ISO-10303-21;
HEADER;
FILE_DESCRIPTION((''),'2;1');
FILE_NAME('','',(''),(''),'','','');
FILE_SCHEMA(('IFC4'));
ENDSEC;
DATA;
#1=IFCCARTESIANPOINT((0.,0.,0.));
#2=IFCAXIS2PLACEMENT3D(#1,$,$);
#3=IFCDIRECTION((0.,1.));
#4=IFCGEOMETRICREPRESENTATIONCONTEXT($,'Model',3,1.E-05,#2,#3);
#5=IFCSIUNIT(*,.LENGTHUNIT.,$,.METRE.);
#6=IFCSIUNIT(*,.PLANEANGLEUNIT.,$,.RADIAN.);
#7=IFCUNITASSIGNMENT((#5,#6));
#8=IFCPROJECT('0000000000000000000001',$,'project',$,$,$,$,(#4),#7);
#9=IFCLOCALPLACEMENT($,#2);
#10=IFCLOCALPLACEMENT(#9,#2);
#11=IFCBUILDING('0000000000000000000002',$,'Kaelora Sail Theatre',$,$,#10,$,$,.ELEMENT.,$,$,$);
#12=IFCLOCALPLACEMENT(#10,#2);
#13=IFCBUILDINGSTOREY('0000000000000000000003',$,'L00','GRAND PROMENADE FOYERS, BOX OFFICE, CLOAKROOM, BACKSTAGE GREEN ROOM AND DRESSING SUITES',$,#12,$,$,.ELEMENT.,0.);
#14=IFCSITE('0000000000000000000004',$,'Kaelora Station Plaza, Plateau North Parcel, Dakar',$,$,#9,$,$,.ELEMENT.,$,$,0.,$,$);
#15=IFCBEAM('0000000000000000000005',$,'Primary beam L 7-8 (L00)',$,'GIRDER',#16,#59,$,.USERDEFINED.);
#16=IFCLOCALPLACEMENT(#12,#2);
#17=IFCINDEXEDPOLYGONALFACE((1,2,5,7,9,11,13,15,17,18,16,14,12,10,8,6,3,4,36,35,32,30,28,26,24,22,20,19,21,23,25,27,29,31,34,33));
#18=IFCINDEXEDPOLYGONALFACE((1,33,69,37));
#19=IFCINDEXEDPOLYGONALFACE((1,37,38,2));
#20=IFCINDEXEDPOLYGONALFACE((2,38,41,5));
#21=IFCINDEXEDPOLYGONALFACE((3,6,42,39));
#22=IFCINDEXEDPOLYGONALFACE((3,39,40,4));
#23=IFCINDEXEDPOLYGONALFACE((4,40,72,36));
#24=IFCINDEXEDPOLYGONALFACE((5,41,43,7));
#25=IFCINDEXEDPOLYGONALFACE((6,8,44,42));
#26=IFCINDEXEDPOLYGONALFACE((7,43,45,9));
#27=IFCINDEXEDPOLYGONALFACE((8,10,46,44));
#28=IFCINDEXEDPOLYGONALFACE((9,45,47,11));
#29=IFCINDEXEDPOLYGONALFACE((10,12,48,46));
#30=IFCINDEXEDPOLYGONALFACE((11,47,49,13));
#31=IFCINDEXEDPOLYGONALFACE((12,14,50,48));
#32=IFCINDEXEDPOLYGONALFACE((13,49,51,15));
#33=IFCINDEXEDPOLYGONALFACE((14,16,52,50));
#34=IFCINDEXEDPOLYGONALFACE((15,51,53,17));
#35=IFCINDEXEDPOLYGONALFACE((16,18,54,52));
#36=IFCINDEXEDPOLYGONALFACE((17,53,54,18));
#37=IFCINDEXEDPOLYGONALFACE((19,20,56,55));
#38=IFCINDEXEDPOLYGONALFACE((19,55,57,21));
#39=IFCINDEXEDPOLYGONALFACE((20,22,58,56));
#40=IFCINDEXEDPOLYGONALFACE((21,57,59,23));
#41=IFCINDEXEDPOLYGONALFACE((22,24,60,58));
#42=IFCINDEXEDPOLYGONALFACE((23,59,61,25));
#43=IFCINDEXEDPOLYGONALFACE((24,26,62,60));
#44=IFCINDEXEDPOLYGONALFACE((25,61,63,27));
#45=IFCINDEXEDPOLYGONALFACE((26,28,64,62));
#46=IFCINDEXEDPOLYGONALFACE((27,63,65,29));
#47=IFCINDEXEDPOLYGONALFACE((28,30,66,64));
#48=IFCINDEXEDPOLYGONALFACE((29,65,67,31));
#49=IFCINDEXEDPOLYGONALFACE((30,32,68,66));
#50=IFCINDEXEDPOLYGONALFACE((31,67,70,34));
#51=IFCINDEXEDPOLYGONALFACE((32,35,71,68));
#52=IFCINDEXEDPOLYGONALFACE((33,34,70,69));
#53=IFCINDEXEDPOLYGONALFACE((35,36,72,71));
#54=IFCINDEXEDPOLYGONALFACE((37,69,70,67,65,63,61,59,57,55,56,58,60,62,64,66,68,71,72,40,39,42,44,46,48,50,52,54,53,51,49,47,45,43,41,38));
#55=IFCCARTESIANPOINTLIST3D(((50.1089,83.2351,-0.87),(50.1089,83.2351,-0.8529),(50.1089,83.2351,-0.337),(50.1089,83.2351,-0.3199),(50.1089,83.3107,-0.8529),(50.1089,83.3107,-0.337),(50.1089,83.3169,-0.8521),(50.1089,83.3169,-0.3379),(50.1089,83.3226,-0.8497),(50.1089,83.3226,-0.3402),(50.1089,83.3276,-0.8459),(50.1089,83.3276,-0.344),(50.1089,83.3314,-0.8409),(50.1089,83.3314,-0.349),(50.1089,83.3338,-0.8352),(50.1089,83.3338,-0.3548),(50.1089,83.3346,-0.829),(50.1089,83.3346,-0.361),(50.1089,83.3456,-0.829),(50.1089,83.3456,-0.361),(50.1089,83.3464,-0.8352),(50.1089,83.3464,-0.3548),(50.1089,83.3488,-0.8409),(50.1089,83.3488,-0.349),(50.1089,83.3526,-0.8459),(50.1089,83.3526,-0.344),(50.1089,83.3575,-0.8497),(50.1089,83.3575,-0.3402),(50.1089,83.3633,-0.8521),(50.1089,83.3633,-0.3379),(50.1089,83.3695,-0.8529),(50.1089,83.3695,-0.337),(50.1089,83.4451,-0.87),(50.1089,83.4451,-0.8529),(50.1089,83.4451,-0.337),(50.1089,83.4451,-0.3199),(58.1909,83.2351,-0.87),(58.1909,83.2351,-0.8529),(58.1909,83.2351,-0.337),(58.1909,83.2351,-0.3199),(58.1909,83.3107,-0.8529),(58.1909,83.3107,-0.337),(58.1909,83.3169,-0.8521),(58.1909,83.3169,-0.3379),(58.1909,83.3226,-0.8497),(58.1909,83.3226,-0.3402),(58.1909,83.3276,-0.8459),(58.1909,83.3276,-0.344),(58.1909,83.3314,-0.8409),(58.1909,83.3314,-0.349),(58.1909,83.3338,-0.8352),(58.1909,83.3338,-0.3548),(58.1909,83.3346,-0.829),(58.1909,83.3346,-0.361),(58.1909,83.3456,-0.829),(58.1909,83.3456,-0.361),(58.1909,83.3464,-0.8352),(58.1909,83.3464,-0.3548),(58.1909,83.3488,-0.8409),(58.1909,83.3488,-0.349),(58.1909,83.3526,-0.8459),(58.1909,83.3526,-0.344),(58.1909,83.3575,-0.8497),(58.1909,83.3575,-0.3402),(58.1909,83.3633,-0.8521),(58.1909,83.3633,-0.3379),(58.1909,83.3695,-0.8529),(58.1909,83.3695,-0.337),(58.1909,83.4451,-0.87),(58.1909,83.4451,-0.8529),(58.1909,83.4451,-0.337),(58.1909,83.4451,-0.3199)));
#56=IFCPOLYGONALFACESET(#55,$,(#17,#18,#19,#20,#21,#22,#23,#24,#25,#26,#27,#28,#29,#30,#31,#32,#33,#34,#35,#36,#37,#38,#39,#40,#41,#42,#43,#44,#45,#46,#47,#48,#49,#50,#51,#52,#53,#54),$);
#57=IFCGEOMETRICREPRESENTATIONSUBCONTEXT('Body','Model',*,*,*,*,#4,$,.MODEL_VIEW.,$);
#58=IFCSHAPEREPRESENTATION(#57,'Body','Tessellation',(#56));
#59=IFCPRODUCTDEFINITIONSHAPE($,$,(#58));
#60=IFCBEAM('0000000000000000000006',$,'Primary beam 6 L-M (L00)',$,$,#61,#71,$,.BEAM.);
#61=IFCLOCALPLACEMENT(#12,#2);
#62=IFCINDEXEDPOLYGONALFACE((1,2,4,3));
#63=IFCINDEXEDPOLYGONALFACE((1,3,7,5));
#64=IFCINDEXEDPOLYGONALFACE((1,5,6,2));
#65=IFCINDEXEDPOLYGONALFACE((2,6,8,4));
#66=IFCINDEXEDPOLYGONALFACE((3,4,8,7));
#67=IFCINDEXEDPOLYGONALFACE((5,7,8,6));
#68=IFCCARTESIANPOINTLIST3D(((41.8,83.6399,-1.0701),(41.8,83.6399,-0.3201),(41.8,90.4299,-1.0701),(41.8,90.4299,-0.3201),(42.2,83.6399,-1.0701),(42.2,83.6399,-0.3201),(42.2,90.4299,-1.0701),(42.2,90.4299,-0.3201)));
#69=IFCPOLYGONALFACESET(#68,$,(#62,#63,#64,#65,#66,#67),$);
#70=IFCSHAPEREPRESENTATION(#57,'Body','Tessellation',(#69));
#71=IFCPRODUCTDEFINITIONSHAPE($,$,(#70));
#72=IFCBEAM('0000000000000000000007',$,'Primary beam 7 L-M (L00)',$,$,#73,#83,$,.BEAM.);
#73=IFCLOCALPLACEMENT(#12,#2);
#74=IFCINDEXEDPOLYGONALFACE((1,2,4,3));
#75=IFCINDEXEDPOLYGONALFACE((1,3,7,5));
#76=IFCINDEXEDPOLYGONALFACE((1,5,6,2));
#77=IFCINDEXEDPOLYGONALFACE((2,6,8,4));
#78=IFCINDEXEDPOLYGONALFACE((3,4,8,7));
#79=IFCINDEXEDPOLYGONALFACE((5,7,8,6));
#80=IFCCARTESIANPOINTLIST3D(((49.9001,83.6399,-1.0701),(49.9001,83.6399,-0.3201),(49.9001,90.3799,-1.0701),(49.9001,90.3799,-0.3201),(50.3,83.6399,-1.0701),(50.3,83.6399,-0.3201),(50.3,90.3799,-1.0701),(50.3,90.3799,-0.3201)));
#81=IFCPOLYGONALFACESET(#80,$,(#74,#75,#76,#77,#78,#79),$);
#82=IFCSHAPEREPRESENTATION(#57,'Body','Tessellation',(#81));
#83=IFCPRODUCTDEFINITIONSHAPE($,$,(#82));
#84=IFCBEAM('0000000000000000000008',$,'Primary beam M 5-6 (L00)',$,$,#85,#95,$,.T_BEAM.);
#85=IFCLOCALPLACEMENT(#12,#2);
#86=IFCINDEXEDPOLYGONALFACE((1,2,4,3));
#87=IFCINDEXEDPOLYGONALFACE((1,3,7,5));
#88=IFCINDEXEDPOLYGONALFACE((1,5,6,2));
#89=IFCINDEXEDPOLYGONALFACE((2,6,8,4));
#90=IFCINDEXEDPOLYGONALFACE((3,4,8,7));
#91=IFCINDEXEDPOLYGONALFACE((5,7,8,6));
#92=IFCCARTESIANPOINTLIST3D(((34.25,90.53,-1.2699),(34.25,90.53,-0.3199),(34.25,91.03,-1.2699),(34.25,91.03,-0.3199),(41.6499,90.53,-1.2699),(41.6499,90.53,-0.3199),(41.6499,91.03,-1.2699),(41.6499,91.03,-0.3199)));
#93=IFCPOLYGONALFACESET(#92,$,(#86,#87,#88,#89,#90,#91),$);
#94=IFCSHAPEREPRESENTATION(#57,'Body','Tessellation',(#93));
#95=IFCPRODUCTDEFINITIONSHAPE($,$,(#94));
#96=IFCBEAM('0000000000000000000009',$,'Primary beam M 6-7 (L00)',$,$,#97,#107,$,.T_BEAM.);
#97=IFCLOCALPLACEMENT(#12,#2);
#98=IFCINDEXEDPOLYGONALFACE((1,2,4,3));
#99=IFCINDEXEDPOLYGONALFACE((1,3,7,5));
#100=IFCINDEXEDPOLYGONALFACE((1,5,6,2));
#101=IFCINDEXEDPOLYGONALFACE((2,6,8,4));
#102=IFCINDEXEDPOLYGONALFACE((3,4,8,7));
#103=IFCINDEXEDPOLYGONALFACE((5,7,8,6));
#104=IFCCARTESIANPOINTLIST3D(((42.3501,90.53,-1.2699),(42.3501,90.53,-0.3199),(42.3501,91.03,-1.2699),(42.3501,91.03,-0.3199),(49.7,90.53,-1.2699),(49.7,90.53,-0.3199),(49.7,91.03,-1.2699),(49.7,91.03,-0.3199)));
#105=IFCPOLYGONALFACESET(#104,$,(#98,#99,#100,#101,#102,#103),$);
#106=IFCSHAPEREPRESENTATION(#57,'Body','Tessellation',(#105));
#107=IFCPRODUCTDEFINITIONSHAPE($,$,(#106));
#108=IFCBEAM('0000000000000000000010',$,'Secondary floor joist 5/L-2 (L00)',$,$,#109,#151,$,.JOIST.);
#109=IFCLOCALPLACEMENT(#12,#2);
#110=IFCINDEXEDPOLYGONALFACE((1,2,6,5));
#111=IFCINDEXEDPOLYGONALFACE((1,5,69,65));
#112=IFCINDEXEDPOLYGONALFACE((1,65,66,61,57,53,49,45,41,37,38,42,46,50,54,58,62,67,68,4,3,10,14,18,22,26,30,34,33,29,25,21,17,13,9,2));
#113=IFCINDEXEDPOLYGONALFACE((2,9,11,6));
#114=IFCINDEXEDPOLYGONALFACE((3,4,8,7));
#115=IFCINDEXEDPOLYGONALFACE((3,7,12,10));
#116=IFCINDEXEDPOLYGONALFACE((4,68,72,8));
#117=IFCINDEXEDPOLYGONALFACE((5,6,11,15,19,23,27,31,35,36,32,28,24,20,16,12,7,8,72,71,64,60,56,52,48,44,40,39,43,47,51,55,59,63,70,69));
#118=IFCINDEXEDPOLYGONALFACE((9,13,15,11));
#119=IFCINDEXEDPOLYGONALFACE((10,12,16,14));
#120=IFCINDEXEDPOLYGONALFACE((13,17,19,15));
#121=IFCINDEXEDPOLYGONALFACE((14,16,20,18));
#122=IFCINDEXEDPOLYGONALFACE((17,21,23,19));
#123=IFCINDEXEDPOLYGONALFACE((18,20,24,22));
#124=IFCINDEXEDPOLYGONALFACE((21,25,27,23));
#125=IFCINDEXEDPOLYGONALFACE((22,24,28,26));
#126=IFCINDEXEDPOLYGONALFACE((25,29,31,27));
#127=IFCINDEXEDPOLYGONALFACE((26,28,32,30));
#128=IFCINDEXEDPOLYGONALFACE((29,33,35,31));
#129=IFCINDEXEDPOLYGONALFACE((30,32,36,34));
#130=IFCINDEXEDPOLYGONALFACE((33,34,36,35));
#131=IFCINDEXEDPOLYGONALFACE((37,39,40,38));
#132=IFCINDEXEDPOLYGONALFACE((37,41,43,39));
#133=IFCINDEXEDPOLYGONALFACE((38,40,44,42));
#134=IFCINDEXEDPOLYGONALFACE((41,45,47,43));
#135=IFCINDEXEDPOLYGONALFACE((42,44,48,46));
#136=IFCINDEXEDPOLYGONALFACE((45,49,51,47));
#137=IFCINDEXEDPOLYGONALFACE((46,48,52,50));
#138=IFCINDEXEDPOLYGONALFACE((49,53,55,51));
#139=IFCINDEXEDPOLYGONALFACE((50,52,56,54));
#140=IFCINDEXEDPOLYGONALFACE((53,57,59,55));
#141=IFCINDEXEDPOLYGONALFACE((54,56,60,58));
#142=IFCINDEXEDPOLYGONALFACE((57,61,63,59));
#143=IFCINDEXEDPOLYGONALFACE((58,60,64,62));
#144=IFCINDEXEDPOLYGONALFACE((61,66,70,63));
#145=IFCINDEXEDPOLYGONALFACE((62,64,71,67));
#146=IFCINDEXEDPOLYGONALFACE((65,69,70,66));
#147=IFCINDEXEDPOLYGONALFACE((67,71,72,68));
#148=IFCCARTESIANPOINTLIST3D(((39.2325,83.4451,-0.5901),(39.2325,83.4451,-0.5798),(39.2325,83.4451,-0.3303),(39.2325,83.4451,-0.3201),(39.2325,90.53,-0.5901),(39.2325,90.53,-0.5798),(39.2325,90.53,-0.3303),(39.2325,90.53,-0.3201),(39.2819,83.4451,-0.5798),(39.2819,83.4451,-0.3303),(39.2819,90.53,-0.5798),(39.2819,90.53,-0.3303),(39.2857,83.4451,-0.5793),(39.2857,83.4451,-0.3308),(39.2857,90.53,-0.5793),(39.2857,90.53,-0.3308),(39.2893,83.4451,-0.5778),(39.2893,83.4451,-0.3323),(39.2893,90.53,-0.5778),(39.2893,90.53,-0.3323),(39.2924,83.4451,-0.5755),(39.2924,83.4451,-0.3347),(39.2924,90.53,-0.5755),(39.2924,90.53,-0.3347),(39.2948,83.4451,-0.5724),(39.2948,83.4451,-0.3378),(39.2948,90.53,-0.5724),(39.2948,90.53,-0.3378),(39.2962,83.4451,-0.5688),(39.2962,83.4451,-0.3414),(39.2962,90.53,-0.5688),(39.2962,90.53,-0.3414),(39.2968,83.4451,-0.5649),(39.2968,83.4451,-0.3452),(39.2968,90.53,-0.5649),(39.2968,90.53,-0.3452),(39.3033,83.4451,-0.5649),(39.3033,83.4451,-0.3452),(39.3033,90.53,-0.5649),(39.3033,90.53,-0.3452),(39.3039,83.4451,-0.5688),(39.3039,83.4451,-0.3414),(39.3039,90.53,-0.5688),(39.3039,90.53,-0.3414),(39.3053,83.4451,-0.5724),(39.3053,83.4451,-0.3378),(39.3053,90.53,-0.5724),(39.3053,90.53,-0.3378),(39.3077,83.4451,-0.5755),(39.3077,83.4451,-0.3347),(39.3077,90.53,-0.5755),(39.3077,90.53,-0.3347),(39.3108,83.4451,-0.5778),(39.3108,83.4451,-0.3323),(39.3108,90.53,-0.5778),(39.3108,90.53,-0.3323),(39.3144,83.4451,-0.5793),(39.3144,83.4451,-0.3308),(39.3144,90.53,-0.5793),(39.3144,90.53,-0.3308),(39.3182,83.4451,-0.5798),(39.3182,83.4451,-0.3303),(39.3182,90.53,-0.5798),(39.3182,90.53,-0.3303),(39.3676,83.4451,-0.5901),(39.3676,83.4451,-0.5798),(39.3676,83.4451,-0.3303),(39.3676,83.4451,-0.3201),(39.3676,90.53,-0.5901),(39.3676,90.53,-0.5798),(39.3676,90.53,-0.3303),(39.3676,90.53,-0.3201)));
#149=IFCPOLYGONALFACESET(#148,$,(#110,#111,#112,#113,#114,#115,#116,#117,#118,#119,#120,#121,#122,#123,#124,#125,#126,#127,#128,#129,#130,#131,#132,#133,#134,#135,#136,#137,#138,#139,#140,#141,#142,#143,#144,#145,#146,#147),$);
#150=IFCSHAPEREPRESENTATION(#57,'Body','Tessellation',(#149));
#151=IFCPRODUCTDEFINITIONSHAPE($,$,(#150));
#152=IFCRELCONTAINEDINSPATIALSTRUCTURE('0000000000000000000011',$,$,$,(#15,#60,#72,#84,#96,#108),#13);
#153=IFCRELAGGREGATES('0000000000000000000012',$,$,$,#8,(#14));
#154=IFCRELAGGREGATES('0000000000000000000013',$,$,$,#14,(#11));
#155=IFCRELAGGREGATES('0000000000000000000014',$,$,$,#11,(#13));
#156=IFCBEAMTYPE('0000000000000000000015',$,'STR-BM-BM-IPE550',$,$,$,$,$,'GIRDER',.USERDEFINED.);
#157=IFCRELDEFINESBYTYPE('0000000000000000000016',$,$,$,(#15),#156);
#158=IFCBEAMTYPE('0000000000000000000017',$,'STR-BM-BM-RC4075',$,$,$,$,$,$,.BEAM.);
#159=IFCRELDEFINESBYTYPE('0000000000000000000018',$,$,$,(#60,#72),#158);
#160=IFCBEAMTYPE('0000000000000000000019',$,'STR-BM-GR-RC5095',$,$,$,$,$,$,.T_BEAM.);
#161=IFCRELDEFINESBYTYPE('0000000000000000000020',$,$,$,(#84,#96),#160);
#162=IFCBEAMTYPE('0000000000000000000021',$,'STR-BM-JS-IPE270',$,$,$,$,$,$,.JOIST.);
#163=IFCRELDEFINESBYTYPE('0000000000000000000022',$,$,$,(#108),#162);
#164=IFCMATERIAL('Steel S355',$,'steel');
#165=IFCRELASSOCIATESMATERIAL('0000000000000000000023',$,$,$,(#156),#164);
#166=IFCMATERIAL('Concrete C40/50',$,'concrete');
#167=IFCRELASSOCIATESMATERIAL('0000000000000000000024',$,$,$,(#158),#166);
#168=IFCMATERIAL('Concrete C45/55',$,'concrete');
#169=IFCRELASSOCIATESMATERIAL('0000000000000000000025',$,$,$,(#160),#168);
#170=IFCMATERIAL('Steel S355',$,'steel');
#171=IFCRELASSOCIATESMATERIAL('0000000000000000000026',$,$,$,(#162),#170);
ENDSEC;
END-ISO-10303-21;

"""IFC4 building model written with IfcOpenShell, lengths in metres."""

from ifc_helpers import new_model, si_unit, direction, frame, origin, origin_2d, place, context, subcontext, project, spatial, rectangle, i_section, extrude, material, material_profile, profile_set, type_object, element, save


model = new_model("IFC4")

# Units and contexts
model_context = context("Model", 3, precision=1e-05, world=origin(), true_north=direction((0.0, 1.0)))
body_context = subcontext(model_context, "Body", "Model", "MODEL_VIEW")
ifc_project = project(units=[si_unit("LENGTHUNIT", "METRE"), si_unit("PLANEANGLEUNIT", "RADIAN")], contexts=[model_context])

# Site, building, storey
site_placement = place(None, origin())
site = spatial("IfcSite", under=ifc_project, at=site_placement, Name="Kaelora Station Plaza, Plateau North Parcel, Dakar", CompositionType="ELEMENT", RefElevation=0.0)
building_placement = place(site_placement, origin())
building = spatial("IfcBuilding", under=site, at=building_placement, Name="Kaelora Sail Theatre", CompositionType="ELEMENT")
storey_placement = place(building_placement, origin())
storey = spatial("IfcBuildingStorey", under=building, at=storey_placement, Name="L00", Description="GRAND PROMENADE FOYERS, BOX OFFICE, CLOAKROOM, BACKSTAGE GREEN ROOM AND DRESSING SUITES", CompositionType="ELEMENT", Elevation=0.0)

# Beams
ifc_material_1 = material(Name="Steel S355", Category="steel")
ifc_material_profile_1 = material_profile(ifc_material_1, i_section(OverallWidth=0.21, OverallDepth=0.55, WebThickness=0.011, FlangeThickness=0.0171, FilletRadius=0.0239, at=origin_2d()), Name="IPE 550")
ifc_profile_set_1 = profile_set([ifc_material_profile_1], Name="Steel S355")
beam_type_1 = type_object("IfcBeamType", Name="STR-BM-BM-IPE550", ElementType="GIRDER", PredefinedType="USERDEFINED", material=ifc_profile_set_1)
for number, where, z_axis, x_axis, name in (
    (1, (50.1089, 83.3401, -0.595), (1.0, 0.0, 0.0), (0.0, 1.0, 0.0), "Primary beam L 7-8 (L00)"),
):
    element("IfcBeam", number, at=place(storey_placement, frame(where, z_axis=z_axis, x_axis=x_axis)), inside=storey, type_object=beam_type_1, Name=name, ObjectType="GIRDER", PredefinedType="USERDEFINED", context=body_context, shape_type="SweptSolid", body=[
        extrude(i_section(OverallWidth=0.21, OverallDepth=0.55, WebThickness=0.011, FlangeThickness=0.0171, FilletRadius=0.0239, at=origin_2d()), origin(), (0.0, 0.0, 1.0), 8.082),
    ])
ifc_material_2 = material(Name="Concrete C40/50", Category="concrete")
ifc_material_profile_2 = material_profile(ifc_material_2, rectangle(XDim=0.3999, YDim=0.75, at=origin_2d()), Name="RC-BM 400x750")
ifc_profile_set_2 = profile_set([ifc_material_profile_2], Name="Concrete C40/50")
beam_type_2 = type_object("IfcBeamType", Name="STR-BM-BM-RC4075", PredefinedType="BEAM", material=ifc_profile_set_2)
beam_1_placement = place(storey_placement, frame((42.0, 83.6399, -0.6951), z_axis=(0.0, 1.0, 0.0), x_axis=(-1.0, 0.0, 0.0)))
element("IfcBeam", 2, at=beam_1_placement, inside=storey, type_object=beam_type_2, Name="Primary beam 6 L-M (L00)", PredefinedType="BEAM", context=body_context, shape_type="SweptSolid", body=[
    extrude(rectangle(XDim=0.3999, YDim=0.75, at=origin_2d()), origin(), (0.0, 0.0, 1.0), 6.79),
])
beam_2_placement = place(storey_placement, frame((50.1001, 83.6399, -0.6951), z_axis=(0.0, 1.0, 0.0), x_axis=(-1.0, 0.0, 0.0)))
element("IfcBeam", 3, at=beam_2_placement, inside=storey, type_object=beam_type_2, Name="Primary beam 7 L-M (L00)", PredefinedType="BEAM", context=body_context, shape_type="SweptSolid", body=[
    extrude(rectangle(XDim=0.3999, YDim=0.75, at=origin_2d()), origin(), (0.0, 0.0, 1.0), 6.74),
])
ifc_material_3 = material(Name="Concrete C45/55", Category="concrete")
ifc_material_profile_3 = material_profile(ifc_material_3, rectangle(XDim=0.5, YDim=0.95, at=origin_2d()), Name="RC-GRD 500x950")
ifc_profile_set_3 = profile_set([ifc_material_profile_3], Name="Concrete C45/55")
beam_type_3 = type_object("IfcBeamType", Name="STR-BM-GR-RC5095", PredefinedType="T_BEAM", material=ifc_profile_set_3)
beam_3_placement = place(storey_placement, frame((34.25, 90.78, -0.7949), z_axis=(1.0, 0.0, 0.0), x_axis=(0.0, 1.0, 0.0)))
element("IfcBeam", 4, at=beam_3_placement, inside=storey, type_object=beam_type_3, Name="Primary beam M 5-6 (L00)", PredefinedType="T_BEAM", context=body_context, shape_type="SweptSolid", body=[
    extrude(rectangle(XDim=0.5, YDim=0.95, at=origin_2d()), origin(), (0.0, 0.0, 1.0), 7.3999),
])
beam_4_placement = place(storey_placement, frame((42.3501, 90.78, -0.7949), z_axis=(1.0, 0.0, 0.0), x_axis=(0.0, 1.0, 0.0)))
element("IfcBeam", 5, at=beam_4_placement, inside=storey, type_object=beam_type_3, Name="Primary beam M 6-7 (L00)", PredefinedType="T_BEAM", context=body_context, shape_type="SweptSolid", body=[
    extrude(rectangle(XDim=0.5, YDim=0.95, at=origin_2d()), origin(), (0.0, 0.0, 1.0), 7.3499),
])
ifc_material_4 = material(Name="Steel S355", Category="steel")
ifc_material_profile_4 = material_profile(ifc_material_4, i_section(OverallWidth=0.135, OverallDepth=0.27, WebThickness=0.0066, FlangeThickness=0.0103, FilletRadius=0.0149, at=origin_2d()), Name="IPE 270")
ifc_profile_set_4 = profile_set([ifc_material_profile_4], Name="Steel S355")
beam_type_4 = type_object("IfcBeamType", Name="STR-BM-JS-IPE270", PredefinedType="JOIST", material=ifc_profile_set_4)
for number, where, z_axis, x_axis, name in (
    (6, (39.3, 83.4451, -0.4551), (0.0, 1.0, 0.0), (-1.0, 0.0, 0.0), "Secondary floor joist 5/L-2 (L00)"),
):
    element("IfcBeam", number, at=place(storey_placement, frame(where, z_axis=z_axis, x_axis=x_axis)), inside=storey, type_object=beam_type_4, Name=name, PredefinedType="JOIST", context=body_context, shape_type="SweptSolid", body=[
        extrude(i_section(OverallWidth=0.135, OverallDepth=0.27, WebThickness=0.0066, FlangeThickness=0.0103, FilletRadius=0.0149, at=origin_2d()), origin(), (0.0, 0.0, 1.0), 7.085),
    ])

save(model, "model.ifc")
